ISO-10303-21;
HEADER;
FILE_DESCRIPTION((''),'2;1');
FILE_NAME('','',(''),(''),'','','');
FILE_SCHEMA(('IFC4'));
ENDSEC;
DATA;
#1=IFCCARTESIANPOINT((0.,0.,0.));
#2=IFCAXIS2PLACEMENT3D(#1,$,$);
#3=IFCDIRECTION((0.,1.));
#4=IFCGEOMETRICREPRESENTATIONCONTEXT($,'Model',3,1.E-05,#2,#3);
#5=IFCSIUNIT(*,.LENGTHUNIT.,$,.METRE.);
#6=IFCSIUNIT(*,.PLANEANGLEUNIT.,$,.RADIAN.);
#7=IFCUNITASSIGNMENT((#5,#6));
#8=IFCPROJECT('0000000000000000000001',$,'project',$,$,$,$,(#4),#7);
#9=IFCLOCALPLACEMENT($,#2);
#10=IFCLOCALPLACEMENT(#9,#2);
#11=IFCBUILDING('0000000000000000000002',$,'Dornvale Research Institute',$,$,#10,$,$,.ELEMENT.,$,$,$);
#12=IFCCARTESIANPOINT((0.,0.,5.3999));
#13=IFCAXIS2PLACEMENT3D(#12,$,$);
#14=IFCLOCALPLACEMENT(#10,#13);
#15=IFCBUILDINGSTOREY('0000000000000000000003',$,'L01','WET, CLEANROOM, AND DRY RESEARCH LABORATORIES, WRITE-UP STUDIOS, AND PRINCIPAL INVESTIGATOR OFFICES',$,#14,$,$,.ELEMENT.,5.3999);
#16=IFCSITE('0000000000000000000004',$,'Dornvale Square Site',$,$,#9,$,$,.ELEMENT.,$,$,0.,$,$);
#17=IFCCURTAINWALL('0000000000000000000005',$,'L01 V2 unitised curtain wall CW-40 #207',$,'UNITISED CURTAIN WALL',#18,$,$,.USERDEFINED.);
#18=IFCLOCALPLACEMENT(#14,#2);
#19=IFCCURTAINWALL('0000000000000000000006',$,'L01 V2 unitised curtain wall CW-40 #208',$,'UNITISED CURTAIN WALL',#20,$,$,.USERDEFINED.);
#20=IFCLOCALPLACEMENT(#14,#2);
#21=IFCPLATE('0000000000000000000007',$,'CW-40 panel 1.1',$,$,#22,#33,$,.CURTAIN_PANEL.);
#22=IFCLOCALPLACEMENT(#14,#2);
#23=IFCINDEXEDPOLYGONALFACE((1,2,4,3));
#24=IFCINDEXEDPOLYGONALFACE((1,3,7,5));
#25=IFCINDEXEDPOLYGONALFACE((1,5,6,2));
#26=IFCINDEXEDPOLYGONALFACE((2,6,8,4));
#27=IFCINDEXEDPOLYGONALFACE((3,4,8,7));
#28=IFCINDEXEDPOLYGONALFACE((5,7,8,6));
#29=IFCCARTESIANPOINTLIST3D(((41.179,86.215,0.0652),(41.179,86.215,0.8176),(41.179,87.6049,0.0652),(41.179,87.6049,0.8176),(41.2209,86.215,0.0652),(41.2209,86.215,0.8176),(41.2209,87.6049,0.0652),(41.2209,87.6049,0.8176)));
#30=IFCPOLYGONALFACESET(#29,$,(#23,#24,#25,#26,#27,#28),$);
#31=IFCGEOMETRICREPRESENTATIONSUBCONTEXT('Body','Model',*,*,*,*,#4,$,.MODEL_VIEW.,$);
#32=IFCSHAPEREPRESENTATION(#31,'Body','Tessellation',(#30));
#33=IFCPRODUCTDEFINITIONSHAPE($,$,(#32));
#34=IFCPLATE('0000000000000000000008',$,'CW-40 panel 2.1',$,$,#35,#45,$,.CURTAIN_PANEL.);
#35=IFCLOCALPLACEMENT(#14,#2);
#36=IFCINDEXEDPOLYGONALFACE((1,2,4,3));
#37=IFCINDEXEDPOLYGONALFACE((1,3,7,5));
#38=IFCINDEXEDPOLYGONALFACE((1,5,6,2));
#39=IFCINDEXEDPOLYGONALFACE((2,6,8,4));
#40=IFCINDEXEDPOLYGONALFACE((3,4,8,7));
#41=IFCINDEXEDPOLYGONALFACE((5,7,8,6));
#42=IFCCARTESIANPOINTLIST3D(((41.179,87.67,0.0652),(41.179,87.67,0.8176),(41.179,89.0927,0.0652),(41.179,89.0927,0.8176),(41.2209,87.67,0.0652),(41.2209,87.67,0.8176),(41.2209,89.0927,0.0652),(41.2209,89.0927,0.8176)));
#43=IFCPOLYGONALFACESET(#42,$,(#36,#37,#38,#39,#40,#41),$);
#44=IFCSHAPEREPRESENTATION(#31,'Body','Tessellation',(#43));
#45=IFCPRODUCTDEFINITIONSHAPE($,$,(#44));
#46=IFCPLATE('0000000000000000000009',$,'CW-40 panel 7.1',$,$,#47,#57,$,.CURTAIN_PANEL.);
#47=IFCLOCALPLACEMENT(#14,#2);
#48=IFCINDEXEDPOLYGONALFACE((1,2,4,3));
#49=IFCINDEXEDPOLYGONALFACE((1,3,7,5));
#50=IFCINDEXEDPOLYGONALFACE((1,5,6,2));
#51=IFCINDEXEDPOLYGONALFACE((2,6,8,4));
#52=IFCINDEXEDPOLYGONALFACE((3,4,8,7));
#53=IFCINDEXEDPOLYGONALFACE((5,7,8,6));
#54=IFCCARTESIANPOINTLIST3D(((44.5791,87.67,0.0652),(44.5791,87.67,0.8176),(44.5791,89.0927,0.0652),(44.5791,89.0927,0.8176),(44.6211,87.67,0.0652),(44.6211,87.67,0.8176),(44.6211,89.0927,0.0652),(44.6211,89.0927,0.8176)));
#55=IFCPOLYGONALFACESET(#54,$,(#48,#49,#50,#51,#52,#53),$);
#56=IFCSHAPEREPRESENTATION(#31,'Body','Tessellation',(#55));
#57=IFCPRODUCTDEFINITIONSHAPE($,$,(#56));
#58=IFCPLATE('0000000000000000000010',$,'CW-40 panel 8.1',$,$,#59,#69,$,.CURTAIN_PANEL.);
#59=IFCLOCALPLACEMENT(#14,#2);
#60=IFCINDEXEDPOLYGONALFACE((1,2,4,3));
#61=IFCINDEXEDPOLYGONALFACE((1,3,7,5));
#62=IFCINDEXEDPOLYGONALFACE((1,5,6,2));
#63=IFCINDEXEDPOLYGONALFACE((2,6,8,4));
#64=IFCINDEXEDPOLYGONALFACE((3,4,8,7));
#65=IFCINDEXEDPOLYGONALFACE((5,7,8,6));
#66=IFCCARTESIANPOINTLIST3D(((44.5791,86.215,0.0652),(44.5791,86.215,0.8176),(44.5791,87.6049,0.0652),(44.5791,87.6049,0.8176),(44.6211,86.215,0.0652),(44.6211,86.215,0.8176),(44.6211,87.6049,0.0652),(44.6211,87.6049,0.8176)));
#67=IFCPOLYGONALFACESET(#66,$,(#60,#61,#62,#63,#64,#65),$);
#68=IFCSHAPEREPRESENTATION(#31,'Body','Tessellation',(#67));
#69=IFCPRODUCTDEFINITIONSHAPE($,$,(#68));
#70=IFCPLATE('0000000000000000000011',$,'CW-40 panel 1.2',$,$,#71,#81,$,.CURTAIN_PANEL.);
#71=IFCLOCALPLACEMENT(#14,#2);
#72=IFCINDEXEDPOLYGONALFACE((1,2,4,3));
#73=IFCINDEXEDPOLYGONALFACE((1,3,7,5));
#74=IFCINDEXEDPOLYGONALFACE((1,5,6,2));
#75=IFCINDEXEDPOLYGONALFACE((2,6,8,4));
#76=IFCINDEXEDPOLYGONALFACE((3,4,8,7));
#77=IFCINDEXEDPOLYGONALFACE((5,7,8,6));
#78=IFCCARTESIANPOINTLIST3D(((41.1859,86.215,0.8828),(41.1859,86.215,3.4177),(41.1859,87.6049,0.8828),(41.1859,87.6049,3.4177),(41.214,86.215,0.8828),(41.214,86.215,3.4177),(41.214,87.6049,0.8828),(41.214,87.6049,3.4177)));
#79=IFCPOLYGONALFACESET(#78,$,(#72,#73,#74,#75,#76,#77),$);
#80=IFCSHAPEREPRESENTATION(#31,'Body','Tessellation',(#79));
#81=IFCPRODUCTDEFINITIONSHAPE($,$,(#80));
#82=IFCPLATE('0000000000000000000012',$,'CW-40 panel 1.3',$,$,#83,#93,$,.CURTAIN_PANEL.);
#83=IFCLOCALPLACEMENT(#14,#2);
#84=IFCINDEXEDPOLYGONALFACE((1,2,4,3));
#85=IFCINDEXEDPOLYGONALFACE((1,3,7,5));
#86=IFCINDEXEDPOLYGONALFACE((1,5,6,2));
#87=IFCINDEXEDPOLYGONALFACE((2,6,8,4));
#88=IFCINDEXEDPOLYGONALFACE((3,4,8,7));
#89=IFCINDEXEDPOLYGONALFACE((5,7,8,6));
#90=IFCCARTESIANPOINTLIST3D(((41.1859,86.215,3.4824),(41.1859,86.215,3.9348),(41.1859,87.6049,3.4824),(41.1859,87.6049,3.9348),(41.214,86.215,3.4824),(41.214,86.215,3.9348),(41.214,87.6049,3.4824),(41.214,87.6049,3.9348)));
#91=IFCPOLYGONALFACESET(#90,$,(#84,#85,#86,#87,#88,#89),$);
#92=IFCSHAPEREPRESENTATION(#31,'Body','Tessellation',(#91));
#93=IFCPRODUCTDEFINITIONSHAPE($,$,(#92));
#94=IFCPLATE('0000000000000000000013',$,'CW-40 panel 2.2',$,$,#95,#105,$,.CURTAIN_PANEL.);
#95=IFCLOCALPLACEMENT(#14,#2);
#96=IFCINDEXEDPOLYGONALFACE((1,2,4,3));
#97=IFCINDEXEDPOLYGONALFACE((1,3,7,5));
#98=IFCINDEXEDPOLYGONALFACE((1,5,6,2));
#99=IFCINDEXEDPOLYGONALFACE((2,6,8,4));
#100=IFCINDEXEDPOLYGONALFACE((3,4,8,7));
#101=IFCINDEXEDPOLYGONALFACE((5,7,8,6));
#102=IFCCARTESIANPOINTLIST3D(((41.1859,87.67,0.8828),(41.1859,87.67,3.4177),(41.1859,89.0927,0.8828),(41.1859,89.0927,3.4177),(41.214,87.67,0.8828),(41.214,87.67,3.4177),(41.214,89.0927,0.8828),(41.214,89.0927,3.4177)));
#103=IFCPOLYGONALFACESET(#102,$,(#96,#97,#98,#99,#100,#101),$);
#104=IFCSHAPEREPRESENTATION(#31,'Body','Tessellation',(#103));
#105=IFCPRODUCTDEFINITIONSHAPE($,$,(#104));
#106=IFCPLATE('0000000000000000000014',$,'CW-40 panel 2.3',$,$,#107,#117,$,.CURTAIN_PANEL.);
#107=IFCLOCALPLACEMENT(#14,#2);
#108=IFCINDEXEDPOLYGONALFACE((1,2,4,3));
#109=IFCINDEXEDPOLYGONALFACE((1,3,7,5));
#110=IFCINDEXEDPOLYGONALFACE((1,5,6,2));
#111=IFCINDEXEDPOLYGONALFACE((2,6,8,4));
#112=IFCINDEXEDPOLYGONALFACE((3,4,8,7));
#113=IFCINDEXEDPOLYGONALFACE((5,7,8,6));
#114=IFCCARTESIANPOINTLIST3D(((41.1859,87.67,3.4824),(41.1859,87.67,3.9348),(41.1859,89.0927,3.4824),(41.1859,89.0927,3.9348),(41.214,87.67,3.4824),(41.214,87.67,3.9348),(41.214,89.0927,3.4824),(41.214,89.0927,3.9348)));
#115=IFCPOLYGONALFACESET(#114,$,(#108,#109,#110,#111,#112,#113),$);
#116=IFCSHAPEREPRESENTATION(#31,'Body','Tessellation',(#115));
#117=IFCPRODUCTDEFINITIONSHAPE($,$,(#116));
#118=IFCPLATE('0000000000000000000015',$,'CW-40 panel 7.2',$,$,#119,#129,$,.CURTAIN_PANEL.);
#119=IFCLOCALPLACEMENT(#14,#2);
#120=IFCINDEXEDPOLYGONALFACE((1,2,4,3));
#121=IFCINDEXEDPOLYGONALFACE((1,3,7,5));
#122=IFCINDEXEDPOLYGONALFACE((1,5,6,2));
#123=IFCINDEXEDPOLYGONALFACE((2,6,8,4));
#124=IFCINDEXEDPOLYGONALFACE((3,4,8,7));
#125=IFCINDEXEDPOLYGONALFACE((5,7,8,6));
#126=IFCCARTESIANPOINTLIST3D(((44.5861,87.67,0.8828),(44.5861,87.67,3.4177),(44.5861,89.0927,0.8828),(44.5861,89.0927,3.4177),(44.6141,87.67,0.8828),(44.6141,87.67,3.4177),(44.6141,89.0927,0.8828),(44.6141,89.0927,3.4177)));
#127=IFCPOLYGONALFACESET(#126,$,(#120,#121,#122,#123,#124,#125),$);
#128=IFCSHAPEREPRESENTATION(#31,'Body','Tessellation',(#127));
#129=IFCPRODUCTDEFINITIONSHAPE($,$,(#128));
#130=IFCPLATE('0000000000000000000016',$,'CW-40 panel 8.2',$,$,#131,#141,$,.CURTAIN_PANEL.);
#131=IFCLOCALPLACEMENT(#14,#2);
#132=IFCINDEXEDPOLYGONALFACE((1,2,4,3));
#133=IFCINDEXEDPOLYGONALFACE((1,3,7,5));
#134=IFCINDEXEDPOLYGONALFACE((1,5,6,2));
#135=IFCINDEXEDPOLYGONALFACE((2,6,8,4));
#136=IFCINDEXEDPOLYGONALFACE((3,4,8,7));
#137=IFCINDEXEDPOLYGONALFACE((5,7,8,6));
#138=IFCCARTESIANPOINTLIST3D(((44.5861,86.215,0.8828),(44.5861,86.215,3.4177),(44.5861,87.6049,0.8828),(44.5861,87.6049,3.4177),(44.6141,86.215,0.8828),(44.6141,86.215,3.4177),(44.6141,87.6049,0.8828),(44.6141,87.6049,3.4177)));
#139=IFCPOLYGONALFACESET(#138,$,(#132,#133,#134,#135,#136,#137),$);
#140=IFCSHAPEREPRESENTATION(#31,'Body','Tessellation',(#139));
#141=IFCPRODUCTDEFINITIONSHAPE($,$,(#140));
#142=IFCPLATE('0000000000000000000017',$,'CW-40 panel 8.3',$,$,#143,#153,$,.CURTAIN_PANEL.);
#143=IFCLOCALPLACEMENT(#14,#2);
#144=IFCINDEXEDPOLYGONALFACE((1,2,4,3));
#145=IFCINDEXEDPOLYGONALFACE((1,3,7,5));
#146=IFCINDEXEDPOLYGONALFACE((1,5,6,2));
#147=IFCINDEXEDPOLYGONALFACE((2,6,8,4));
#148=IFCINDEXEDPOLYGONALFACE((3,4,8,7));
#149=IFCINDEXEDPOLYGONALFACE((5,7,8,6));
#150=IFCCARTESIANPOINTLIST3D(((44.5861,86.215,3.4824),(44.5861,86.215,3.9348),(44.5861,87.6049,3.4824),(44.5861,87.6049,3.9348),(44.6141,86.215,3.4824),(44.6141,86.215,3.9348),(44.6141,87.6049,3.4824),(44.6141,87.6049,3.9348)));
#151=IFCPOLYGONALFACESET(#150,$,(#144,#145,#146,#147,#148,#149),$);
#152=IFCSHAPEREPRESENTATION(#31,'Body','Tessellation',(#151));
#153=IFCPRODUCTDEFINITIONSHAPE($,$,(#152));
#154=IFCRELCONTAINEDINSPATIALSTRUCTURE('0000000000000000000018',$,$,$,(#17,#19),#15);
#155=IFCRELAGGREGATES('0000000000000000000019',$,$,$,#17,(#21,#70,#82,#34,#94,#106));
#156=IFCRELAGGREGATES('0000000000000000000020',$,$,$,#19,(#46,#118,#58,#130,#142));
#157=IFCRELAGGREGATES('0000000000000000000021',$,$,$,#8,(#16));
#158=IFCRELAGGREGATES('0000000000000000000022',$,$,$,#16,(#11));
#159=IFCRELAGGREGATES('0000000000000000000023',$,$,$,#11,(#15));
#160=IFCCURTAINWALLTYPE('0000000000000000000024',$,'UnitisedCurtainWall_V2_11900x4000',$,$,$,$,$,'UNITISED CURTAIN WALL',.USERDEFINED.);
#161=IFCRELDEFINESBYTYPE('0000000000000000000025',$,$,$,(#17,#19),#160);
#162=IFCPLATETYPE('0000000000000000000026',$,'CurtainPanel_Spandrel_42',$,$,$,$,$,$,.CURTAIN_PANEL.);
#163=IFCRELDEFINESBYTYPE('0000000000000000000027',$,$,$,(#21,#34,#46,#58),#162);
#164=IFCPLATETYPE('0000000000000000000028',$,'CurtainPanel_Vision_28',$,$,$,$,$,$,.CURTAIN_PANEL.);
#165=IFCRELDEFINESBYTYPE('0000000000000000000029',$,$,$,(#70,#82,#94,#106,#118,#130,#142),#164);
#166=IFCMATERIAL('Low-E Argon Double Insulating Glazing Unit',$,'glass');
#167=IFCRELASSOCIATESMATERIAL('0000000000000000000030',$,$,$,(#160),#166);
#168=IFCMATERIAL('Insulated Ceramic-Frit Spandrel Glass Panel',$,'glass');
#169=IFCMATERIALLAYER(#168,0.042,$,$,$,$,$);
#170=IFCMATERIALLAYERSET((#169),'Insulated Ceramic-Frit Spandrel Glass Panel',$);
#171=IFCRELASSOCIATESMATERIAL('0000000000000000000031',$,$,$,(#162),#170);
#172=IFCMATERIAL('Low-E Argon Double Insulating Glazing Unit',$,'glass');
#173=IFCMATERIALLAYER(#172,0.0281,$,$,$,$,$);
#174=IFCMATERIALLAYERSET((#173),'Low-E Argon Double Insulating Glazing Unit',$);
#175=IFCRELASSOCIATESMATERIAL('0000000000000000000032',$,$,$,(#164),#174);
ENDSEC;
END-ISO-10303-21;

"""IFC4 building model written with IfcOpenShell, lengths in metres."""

from ifc_helpers import new_model, si_unit, direction, frame, origin, origin_2d, place, context, subcontext, project, spatial, rectangle, extrude, material, layer, layer_set, type_object, element, aggregate, save


model = new_model("IFC4")

# Units and contexts
model_context = context("Model", 3, precision=1e-05, world=origin(), true_north=direction((0.0, 1.0)))
body_context = subcontext(model_context, "Body", "Model", "MODEL_VIEW")
ifc_project = project(units=[si_unit("LENGTHUNIT", "METRE"), si_unit("PLANEANGLEUNIT", "RADIAN")], contexts=[model_context])

# Site, building, storey
site_placement = place(None, origin())
site = spatial("IfcSite", under=ifc_project, at=site_placement, Name="Dornvale Square Site", CompositionType="ELEMENT", RefElevation=0.0)
building_placement = place(site_placement, origin())
building = spatial("IfcBuilding", under=site, at=building_placement, Name="Dornvale Research Institute", CompositionType="ELEMENT")
storey_placement = place(building_placement, frame((0.0, 0.0, 5.3999)))
storey = spatial("IfcBuildingStorey", under=building, at=storey_placement, Name="L01", Description="WET, CLEANROOM, AND DRY RESEARCH LABORATORIES, WRITE-UP STUDIOS, AND PRINCIPAL INVESTIGATOR OFFICES", CompositionType="ELEMENT", Elevation=5.3999)

# Curtain walls
ifc_material_1 = material(Name="Low-E Argon Double Insulating Glazing Unit", Category="glass")
curtain_wall_type = type_object("IfcCurtainWallType", Name="UnitisedCurtainWall_V2_11900x4000", ElementType="UNITISED CURTAIN WALL", PredefinedType="USERDEFINED", material=ifc_material_1)
curtain_wall_1_placement = place(storey_placement, origin())
curtain_wall_1 = element("IfcCurtainWall", 1, at=curtain_wall_1_placement, inside=storey, type_object=curtain_wall_type, Name="L01 V2 unitised curtain wall CW-40 #207", ObjectType="UNITISED CURTAIN WALL", PredefinedType="USERDEFINED")
curtain_wall_2_placement = place(storey_placement, origin())
curtain_wall_2 = element("IfcCurtainWall", 2, at=curtain_wall_2_placement, inside=storey, type_object=curtain_wall_type, Name="L01 V2 unitised curtain wall CW-40 #208", ObjectType="UNITISED CURTAIN WALL", PredefinedType="USERDEFINED")

# Plates
ifc_material_2 = material(Name="Insulated Ceramic-Frit Spandrel Glass Panel", Category="glass")
ifc_layer_1 = layer(ifc_material_2, 0.042)
ifc_layer_set_1 = layer_set([ifc_layer_1], Name="Insulated Ceramic-Frit Spandrel Glass Panel")
plate_type_1 = type_object("IfcPlateType", Name="CurtainPanel_Spandrel_42", PredefinedType="CURTAIN_PANEL", material=ifc_layer_set_1)
plate_1_placement = place(storey_placement, frame((41.2, 86.9099, 0.0652), z_axis=(0.0, 0.0, 1.0), x_axis=(0.0, 1.0, 0.0)))
plate_1 = element("IfcPlate", 3, at=plate_1_placement, type_object=plate_type_1, Name="CW-40 panel 1.1", PredefinedType="CURTAIN_PANEL", context=body_context, shape_type="SweptSolid", body=[
    extrude(rectangle(XDim=1.3899, YDim=0.042, at=origin_2d()), origin(), (0.0, 0.0, 1.0), 0.7524),
])
plate_2_placement = place(storey_placement, frame((41.2, 88.3813, 0.0652), z_axis=(0.0, 0.0, 1.0), x_axis=(0.0, 1.0, 0.0)))
plate_2 = element("IfcPlate", 4, at=plate_2_placement, type_object=plate_type_1, Name="CW-40 panel 2.1", PredefinedType="CURTAIN_PANEL", context=body_context, shape_type="SweptSolid", body=[
    extrude(rectangle(XDim=1.4226, YDim=0.042, at=origin_2d()), origin(), (0.0, 0.0, 1.0), 0.7524),
])
plate_3_placement = place(storey_placement, frame((44.6001, 88.3813, 0.0652), z_axis=(0.0, 0.0, 1.0), x_axis=(0.0, -1.0, 0.0)))
plate_3 = element("IfcPlate", 5, at=plate_3_placement, type_object=plate_type_1, Name="CW-40 panel 7.1", PredefinedType="CURTAIN_PANEL", context=body_context, shape_type="SweptSolid", body=[
    extrude(rectangle(XDim=1.4226, YDim=0.042, at=origin_2d()), origin(), (0.0, 0.0, 1.0), 0.7524),
])
plate_4_placement = place(storey_placement, frame((44.6001, 86.9099, 0.0652), z_axis=(0.0, 0.0, 1.0), x_axis=(0.0, -1.0, 0.0)))
plate_4 = element("IfcPlate", 6, at=plate_4_placement, type_object=plate_type_1, Name="CW-40 panel 8.1", PredefinedType="CURTAIN_PANEL", context=body_context, shape_type="SweptSolid", body=[
    extrude(rectangle(XDim=1.3899, YDim=0.042, at=origin_2d()), origin(), (0.0, 0.0, 1.0), 0.7524),
])
ifc_material_3 = material(Name="Low-E Argon Double Insulating Glazing Unit", Category="glass")
ifc_layer_2 = layer(ifc_material_3, 0.0281)
ifc_layer_set_2 = layer_set([ifc_layer_2], Name="Low-E Argon Double Insulating Glazing Unit")
plate_type_2 = type_object("IfcPlateType", Name="CurtainPanel_Vision_28", PredefinedType="CURTAIN_PANEL", material=ifc_layer_set_2)
plate_5_placement = place(storey_placement, frame((41.2, 86.9099, 0.8828), z_axis=(0.0, 0.0, 1.0), x_axis=(0.0, 1.0, 0.0)))
plate_5 = element("IfcPlate", 7, at=plate_5_placement, type_object=plate_type_2, Name="CW-40 panel 1.2", PredefinedType="CURTAIN_PANEL", context=body_context, shape_type="SweptSolid", body=[
    extrude(rectangle(XDim=1.3899, YDim=0.0281, at=origin_2d()), origin(), (0.0, 0.0, 1.0), 2.5349),
])
plate_6_placement = place(storey_placement, frame((41.2, 86.9099, 3.4824), z_axis=(0.0, 0.0, 1.0), x_axis=(0.0, 1.0, 0.0)))
plate_6 = element("IfcPlate", 8, at=plate_6_placement, type_object=plate_type_2, Name="CW-40 panel 1.3", PredefinedType="CURTAIN_PANEL", context=body_context, shape_type="SweptSolid", body=[
    extrude(rectangle(XDim=1.3899, YDim=0.0281, at=origin_2d()), origin(), (0.0, 0.0, 1.0), 0.4524),
])
plate_7_placement = place(storey_placement, frame((41.2, 88.3813, 0.8828), z_axis=(0.0, 0.0, 1.0), x_axis=(0.0, 1.0, 0.0)))
plate_7 = element("IfcPlate", 9, at=plate_7_placement, type_object=plate_type_2, Name="CW-40 panel 2.2", PredefinedType="CURTAIN_PANEL", context=body_context, shape_type="SweptSolid", body=[
    extrude(rectangle(XDim=1.4226, YDim=0.0281, at=origin_2d()), origin(), (0.0, 0.0, 1.0), 2.5349),
])
plate_8_placement = place(storey_placement, frame((41.2, 88.3813, 3.4824), z_axis=(0.0, 0.0, 1.0), x_axis=(0.0, 1.0, 0.0)))
plate_8 = element("IfcPlate", 10, at=plate_8_placement, type_object=plate_type_2, Name="CW-40 panel 2.3", PredefinedType="CURTAIN_PANEL", context=body_context, shape_type="SweptSolid", body=[
    extrude(rectangle(XDim=1.4226, YDim=0.0281, at=origin_2d()), origin(), (0.0, 0.0, 1.0), 0.4524),
])
aggregate(curtain_wall_1, [plate_1, plate_5, plate_6, plate_2, plate_7, plate_8])
plate_9_placement = place(storey_placement, frame((44.6001, 88.3813, 0.8828), z_axis=(0.0, 0.0, 1.0), x_axis=(0.0, -1.0, 0.0)))
plate_9 = element("IfcPlate", 11, at=plate_9_placement, type_object=plate_type_2, Name="CW-40 panel 7.2", PredefinedType="CURTAIN_PANEL", context=body_context, shape_type="SweptSolid", body=[
    extrude(rectangle(XDim=1.4226, YDim=0.0281, at=origin_2d()), origin(), (0.0, 0.0, 1.0), 2.5349),
])
plate_10_placement = place(storey_placement, frame((44.6001, 86.9099, 0.8828), z_axis=(0.0, 0.0, 1.0), x_axis=(0.0, -1.0, 0.0)))
plate_10 = element("IfcPlate", 12, at=plate_10_placement, type_object=plate_type_2, Name="CW-40 panel 8.2", PredefinedType="CURTAIN_PANEL", context=body_context, shape_type="SweptSolid", body=[
    extrude(rectangle(XDim=1.3899, YDim=0.0281, at=origin_2d()), origin(), (0.0, 0.0, 1.0), 2.5349),
])
plate_11_placement = place(storey_placement, frame((44.6001, 86.9099, 3.4824), z_axis=(0.0, 0.0, 1.0), x_axis=(0.0, -1.0, 0.0)))
plate_11 = element("IfcPlate", 13, at=plate_11_placement, type_object=plate_type_2, Name="CW-40 panel 8.3", PredefinedType="CURTAIN_PANEL", context=body_context, shape_type="SweptSolid", body=[
    extrude(rectangle(XDim=1.3899, YDim=0.0281, at=origin_2d()), origin(), (0.0, 0.0, 1.0), 0.4524),
])
aggregate(curtain_wall_2, [plate_3, plate_9, plate_4, plate_10, plate_11])

save(model, "model.ifc")
